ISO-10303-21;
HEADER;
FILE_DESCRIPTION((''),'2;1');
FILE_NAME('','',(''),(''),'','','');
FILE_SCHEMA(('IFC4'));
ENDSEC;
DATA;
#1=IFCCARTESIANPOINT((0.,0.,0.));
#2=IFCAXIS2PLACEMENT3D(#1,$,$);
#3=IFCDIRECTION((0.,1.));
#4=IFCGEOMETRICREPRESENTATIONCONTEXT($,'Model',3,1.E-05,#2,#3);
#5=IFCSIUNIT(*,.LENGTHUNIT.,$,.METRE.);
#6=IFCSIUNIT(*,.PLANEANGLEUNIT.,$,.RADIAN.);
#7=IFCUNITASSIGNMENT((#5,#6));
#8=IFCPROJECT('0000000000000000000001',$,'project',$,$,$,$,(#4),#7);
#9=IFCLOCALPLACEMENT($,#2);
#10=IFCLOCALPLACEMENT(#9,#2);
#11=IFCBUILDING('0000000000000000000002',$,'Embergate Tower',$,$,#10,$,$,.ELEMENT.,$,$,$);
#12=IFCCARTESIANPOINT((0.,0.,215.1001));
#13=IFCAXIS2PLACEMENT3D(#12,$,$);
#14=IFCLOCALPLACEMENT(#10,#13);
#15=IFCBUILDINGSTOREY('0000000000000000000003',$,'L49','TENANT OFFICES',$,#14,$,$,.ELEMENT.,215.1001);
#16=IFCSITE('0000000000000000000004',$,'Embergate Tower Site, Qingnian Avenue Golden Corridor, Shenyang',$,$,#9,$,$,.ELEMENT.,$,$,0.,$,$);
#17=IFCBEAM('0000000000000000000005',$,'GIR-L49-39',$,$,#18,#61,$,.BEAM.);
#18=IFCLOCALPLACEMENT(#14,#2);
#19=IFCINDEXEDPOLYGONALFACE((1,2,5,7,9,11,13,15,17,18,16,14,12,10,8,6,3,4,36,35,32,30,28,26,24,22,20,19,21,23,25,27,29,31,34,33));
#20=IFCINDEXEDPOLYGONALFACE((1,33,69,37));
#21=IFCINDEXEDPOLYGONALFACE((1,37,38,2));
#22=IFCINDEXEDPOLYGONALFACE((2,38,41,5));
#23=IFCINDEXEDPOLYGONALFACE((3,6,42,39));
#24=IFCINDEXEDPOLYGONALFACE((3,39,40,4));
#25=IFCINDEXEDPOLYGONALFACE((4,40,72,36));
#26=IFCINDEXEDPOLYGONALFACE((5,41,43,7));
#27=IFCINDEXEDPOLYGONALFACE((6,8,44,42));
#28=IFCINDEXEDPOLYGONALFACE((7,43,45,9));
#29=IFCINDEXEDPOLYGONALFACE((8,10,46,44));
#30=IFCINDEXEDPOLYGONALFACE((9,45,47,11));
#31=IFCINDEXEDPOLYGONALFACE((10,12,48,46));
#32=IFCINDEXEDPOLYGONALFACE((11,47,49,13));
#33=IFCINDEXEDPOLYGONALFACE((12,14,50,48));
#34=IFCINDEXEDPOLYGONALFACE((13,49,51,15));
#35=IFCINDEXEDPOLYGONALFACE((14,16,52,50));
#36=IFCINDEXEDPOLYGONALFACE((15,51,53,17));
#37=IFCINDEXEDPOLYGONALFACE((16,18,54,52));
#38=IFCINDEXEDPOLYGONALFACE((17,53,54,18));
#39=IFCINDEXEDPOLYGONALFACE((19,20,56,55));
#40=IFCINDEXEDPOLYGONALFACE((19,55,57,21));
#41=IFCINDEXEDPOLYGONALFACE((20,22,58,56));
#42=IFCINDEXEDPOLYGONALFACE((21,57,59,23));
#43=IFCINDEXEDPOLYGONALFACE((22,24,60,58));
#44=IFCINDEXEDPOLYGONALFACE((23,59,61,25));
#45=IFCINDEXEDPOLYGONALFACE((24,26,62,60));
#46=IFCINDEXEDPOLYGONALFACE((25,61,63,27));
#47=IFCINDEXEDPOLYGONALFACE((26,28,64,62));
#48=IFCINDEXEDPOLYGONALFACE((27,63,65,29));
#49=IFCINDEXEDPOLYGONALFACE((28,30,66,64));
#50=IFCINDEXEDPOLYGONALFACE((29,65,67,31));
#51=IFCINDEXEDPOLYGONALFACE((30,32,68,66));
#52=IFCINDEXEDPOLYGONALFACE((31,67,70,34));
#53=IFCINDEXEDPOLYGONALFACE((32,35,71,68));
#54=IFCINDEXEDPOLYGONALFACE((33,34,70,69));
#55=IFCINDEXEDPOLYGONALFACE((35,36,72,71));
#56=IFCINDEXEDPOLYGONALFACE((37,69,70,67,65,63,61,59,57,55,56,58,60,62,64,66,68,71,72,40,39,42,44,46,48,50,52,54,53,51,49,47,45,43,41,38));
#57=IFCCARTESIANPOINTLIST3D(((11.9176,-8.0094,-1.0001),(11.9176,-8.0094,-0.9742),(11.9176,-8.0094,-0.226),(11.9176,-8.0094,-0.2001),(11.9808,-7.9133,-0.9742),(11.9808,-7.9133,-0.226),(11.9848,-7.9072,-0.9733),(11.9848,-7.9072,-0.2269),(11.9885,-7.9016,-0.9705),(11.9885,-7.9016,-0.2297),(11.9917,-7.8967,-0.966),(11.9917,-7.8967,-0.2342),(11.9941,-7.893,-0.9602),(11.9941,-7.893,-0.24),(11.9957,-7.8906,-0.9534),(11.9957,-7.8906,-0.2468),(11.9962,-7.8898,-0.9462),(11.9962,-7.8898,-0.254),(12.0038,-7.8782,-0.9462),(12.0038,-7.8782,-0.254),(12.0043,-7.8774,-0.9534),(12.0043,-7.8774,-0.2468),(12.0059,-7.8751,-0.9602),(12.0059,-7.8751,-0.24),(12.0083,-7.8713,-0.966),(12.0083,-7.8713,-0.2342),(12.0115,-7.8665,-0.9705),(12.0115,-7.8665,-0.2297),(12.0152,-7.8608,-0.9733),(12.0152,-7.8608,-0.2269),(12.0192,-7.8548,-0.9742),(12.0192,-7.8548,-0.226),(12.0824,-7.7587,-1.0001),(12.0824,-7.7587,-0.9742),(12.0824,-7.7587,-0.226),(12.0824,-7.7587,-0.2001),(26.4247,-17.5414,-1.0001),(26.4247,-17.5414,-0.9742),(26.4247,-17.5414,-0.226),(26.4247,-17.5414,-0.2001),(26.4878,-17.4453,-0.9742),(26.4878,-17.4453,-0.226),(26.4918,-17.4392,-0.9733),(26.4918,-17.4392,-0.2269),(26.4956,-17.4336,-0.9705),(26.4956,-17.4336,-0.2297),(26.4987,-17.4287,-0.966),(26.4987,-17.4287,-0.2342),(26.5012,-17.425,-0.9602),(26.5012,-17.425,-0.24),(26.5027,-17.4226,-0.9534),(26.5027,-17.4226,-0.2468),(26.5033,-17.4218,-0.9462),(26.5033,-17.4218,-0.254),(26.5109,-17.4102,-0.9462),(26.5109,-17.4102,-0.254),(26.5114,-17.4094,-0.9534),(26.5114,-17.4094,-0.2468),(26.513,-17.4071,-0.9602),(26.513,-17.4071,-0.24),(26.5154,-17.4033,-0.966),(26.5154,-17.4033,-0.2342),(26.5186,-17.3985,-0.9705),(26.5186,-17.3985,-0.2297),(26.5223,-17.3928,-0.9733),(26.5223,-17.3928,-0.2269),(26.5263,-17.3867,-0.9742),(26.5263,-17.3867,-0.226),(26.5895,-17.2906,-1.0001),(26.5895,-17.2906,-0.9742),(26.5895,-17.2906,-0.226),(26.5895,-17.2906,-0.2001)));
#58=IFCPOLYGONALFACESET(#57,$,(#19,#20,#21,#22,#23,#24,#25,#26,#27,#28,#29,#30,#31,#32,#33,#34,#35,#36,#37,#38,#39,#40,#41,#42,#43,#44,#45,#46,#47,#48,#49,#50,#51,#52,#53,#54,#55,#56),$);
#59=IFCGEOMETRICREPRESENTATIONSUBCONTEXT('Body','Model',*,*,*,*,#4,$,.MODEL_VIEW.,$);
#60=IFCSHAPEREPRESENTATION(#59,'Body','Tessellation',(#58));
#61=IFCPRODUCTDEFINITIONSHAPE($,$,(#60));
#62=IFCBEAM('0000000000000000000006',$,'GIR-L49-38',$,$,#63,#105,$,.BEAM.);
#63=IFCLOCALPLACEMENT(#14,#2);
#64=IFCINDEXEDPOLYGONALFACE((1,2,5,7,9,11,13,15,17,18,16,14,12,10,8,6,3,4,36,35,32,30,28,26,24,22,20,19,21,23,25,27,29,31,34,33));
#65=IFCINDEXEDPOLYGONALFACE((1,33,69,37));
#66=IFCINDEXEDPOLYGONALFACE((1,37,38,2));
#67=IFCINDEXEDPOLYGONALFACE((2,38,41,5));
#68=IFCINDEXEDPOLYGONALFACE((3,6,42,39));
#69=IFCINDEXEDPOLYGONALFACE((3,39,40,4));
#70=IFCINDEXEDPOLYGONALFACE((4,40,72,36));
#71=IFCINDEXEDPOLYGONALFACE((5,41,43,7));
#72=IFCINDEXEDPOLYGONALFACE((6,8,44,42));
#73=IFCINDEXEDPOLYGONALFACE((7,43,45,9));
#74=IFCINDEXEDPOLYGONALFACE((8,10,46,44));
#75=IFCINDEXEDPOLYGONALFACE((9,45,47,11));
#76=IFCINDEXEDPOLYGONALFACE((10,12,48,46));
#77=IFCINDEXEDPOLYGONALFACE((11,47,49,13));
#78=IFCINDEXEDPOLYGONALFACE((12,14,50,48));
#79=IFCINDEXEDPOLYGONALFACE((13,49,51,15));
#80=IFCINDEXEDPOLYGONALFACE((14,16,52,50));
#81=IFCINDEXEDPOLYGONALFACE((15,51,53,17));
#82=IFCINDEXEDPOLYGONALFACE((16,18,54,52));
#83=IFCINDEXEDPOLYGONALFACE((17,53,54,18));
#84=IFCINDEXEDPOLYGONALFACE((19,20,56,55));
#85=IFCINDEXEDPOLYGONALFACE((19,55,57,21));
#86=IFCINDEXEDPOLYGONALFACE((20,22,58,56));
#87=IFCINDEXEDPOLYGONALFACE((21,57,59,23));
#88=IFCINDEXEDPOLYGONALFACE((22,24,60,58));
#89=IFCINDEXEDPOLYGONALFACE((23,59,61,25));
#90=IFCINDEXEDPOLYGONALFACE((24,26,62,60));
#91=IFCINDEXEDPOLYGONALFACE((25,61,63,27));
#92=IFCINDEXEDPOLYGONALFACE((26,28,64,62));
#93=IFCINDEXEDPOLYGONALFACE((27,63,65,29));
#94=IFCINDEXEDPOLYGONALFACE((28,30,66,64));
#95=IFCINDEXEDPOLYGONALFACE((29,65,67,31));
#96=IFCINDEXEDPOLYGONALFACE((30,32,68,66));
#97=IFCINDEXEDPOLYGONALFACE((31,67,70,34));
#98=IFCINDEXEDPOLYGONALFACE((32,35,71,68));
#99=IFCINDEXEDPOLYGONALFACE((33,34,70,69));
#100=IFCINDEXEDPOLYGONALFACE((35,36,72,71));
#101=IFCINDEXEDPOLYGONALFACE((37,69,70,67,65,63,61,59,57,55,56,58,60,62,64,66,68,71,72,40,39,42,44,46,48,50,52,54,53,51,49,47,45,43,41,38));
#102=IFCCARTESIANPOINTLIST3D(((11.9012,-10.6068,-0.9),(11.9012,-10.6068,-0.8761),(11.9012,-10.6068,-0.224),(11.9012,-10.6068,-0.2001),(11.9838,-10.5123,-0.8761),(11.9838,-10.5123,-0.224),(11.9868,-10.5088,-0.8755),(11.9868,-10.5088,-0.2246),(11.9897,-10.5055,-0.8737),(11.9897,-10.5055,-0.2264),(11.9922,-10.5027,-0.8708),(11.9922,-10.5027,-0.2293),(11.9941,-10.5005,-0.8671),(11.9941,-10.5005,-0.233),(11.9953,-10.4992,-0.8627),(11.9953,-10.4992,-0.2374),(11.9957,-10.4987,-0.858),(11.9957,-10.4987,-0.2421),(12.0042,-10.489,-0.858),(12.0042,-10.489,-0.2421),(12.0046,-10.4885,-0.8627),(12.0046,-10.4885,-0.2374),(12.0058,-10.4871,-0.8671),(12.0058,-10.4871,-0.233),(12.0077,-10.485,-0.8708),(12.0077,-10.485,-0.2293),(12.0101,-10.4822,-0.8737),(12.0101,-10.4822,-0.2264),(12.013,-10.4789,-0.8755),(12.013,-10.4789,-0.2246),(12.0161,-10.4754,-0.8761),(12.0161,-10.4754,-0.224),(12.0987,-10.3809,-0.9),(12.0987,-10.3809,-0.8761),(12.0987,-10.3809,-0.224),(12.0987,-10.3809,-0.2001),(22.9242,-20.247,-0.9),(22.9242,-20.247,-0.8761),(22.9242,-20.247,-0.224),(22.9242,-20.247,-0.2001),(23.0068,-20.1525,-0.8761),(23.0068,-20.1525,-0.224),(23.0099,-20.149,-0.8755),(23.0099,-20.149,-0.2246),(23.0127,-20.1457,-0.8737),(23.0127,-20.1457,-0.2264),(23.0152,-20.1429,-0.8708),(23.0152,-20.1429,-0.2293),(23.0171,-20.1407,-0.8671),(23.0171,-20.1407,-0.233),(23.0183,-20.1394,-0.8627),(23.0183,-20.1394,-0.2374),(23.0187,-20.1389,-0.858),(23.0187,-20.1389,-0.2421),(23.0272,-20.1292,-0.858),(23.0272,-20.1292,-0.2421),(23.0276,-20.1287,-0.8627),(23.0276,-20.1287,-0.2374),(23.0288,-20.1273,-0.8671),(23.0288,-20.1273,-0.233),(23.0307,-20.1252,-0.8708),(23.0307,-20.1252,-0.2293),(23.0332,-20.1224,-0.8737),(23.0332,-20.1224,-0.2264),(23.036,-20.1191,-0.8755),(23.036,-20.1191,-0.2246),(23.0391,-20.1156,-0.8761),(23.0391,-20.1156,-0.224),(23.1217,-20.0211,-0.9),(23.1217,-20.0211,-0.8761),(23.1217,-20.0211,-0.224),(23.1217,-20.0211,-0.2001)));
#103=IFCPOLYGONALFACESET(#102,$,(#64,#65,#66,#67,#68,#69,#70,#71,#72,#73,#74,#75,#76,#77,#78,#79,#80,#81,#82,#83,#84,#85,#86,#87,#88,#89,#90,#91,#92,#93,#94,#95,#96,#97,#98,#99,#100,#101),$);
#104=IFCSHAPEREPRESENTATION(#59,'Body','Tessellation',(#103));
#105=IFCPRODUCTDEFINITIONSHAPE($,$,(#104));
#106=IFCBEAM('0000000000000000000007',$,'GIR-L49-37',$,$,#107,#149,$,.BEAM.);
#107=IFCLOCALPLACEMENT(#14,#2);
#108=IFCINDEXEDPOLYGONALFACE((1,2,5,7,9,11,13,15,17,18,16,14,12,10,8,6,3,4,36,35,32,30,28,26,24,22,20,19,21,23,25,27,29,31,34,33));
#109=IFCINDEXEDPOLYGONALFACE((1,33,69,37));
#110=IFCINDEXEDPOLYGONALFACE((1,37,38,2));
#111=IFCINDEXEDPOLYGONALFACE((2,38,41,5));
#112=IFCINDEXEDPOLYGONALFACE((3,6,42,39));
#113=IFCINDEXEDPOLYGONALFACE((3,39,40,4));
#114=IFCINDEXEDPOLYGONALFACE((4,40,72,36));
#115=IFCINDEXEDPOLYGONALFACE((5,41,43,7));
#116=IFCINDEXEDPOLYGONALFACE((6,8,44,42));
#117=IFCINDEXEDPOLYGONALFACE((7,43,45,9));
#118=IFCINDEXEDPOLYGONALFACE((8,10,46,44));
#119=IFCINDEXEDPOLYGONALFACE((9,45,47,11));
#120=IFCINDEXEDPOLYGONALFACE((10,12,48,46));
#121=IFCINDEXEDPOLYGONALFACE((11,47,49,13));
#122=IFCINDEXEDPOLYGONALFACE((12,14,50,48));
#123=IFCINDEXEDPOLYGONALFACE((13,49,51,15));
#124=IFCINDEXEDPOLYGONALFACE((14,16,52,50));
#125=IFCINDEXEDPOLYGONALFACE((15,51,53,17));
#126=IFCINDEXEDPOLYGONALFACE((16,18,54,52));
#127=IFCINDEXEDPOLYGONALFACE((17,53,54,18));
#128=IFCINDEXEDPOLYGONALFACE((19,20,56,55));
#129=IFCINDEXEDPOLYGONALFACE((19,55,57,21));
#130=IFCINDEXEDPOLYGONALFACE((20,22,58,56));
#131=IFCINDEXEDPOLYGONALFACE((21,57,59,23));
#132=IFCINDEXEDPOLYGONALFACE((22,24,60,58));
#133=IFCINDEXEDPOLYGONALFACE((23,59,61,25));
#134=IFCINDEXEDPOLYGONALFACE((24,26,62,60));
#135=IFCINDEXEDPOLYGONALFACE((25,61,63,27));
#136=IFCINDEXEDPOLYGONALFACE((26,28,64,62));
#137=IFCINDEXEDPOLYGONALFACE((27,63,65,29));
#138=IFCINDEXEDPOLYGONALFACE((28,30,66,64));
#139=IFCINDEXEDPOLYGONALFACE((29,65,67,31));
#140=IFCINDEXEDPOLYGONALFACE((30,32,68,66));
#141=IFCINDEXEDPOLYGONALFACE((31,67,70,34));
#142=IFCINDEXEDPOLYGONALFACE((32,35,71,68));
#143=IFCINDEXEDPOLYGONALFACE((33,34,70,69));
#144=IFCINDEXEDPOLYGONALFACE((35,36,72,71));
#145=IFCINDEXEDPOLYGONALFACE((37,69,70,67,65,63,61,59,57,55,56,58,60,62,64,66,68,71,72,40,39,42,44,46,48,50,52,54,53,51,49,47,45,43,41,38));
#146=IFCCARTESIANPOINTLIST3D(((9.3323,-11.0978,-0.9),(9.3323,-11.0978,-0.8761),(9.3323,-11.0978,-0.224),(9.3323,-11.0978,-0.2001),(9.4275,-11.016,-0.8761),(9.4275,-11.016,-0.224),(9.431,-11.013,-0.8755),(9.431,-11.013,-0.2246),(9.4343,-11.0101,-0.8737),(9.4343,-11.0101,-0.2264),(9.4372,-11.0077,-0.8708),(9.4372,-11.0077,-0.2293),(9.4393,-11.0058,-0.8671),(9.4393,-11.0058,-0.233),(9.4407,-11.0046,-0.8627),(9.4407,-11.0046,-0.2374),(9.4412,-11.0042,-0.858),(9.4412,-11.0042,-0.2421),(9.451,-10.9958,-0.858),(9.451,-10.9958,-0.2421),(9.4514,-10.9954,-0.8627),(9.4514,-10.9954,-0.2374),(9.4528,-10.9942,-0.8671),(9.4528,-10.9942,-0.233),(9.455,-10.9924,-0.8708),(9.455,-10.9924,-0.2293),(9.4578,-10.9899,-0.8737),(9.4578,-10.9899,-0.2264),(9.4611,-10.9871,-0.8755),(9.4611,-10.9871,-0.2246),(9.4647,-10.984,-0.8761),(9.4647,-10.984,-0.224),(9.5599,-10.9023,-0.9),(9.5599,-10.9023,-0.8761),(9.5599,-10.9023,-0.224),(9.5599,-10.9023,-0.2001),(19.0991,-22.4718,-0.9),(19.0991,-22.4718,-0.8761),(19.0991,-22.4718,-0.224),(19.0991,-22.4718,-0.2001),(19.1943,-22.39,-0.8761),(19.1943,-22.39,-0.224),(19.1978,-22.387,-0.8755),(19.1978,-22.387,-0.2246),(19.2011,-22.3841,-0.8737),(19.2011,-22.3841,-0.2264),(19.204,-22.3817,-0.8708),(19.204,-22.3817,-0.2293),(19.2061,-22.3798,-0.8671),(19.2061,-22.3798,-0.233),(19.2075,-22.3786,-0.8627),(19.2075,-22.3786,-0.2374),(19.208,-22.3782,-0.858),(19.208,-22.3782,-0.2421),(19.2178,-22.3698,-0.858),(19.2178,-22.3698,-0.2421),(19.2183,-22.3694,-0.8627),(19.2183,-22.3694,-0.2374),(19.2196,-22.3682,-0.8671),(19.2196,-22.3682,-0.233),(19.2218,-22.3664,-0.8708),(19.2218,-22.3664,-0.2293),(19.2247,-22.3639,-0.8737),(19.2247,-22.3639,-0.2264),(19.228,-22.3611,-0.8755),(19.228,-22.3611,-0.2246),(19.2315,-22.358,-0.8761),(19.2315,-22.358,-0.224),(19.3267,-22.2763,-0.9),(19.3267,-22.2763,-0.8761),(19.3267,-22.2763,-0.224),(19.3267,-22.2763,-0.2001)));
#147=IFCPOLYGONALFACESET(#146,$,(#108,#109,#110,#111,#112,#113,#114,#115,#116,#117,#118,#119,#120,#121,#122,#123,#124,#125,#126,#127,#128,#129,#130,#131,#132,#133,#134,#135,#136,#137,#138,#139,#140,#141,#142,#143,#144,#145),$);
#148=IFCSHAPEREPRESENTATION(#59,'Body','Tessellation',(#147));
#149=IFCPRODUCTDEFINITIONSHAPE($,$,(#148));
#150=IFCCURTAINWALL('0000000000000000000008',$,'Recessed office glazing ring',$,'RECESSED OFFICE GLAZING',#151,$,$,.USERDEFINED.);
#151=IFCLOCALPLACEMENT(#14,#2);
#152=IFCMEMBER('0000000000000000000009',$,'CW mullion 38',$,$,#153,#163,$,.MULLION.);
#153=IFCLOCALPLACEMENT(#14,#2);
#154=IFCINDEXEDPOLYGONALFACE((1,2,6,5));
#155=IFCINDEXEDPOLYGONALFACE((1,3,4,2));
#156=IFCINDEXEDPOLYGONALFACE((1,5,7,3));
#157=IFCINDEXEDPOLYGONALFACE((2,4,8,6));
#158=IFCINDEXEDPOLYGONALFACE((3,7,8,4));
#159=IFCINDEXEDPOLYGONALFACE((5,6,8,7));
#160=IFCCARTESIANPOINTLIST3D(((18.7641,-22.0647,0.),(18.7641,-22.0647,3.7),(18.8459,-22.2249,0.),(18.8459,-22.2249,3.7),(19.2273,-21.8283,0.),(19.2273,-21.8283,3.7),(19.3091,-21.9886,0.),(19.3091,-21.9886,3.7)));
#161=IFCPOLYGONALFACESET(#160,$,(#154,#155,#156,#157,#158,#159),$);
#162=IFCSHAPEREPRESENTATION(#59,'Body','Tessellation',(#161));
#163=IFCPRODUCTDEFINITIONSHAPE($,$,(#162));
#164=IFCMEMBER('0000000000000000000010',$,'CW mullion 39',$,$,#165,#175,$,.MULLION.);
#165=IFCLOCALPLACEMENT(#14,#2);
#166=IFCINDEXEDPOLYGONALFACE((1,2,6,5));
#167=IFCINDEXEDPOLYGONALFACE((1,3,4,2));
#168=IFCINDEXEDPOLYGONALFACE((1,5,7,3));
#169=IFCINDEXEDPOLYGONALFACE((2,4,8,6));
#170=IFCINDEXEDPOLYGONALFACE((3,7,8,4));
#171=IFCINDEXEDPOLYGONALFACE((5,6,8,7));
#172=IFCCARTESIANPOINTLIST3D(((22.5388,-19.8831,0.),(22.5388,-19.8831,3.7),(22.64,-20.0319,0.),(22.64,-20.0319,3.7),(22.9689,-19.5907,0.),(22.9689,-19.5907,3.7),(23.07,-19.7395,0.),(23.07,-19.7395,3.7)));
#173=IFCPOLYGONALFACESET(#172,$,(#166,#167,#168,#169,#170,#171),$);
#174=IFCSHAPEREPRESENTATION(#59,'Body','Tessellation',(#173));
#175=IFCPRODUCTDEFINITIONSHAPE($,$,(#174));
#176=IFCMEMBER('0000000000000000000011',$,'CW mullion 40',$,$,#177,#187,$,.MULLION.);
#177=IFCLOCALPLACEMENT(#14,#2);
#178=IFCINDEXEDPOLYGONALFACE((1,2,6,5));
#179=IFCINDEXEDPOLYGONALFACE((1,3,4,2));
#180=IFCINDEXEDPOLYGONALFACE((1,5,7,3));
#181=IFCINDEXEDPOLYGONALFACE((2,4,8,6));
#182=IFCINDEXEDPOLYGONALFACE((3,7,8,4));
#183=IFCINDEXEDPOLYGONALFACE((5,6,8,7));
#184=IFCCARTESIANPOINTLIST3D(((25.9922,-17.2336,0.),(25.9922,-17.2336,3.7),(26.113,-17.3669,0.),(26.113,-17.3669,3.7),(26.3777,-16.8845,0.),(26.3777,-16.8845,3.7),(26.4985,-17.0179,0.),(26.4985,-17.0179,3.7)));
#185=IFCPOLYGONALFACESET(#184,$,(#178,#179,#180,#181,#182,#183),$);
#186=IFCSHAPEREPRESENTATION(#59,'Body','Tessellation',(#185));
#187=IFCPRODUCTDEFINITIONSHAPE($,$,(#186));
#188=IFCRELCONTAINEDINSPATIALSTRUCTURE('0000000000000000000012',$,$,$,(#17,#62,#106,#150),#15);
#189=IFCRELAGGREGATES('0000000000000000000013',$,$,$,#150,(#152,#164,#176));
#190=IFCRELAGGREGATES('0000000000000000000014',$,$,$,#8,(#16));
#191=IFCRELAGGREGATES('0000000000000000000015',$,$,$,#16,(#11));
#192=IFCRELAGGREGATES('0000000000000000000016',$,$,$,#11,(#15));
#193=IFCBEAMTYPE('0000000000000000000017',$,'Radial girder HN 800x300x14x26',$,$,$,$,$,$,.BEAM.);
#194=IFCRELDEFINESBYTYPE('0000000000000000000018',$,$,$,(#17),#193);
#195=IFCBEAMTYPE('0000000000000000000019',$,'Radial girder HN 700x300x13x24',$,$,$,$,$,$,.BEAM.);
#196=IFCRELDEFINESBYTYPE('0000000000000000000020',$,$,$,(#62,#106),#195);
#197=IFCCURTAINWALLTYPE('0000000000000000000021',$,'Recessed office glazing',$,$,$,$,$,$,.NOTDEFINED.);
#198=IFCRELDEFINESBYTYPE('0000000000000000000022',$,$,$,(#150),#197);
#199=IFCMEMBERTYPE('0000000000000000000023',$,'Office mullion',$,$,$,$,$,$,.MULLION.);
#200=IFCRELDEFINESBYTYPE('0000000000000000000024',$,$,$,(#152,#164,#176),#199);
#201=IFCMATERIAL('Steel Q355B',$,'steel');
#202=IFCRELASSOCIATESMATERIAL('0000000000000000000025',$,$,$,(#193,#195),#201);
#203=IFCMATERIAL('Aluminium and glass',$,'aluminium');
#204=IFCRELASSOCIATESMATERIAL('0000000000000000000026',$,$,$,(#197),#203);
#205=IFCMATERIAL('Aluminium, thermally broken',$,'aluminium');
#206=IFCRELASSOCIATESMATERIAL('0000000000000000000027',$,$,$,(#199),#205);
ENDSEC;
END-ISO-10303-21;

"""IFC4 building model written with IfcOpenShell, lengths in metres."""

from ifc_helpers import new_model, si_unit, direction, frame, origin, origin_2d, place, context, subcontext, project, spatial, rectangle, i_section, extrude, source, transform, mapped, material, material_profile, profile_set, type_object, element, aggregate, save


model = new_model("IFC4")

# Units and contexts
model_context = context("Model", 3, precision=1e-05, world=origin(), true_north=direction((0.0, 1.0)))
body_context = subcontext(model_context, "Body", "Model", "MODEL_VIEW")
ifc_project = project(units=[si_unit("LENGTHUNIT", "METRE"), si_unit("PLANEANGLEUNIT", "RADIAN")], contexts=[model_context])

# Site, building, storey
site_placement = place(None, origin())
site = spatial("IfcSite", under=ifc_project, at=site_placement, Name="Embergate Tower Site, Qingnian Avenue Golden Corridor, Shenyang", CompositionType="ELEMENT", RefElevation=0.0)
building_placement = place(site_placement, origin())
building = spatial("IfcBuilding", under=site, at=building_placement, Name="Embergate Tower", CompositionType="ELEMENT")
storey_placement = place(building_placement, frame((0.0, 0.0, 215.1001)))
storey = spatial("IfcBuildingStorey", under=building, at=storey_placement, Name="L49", Description="TENANT OFFICES", CompositionType="ELEMENT", Elevation=215.1001)

# Beams
ifc_material_1 = material(Name="Steel Q355B", Category="steel")
ifc_material_profile_1 = material_profile(ifc_material_1, i_section(OverallWidth=0.3, OverallDepth=0.8, WebThickness=0.0139, FlangeThickness=0.0259, FilletRadius=0.0281, at=origin_2d()), Name="HN 800x300x14x26")
ifc_profile_set_1 = profile_set([ifc_material_profile_1], Name="Steel Q355 grade B")
beam_type_1 = type_object("IfcBeamType", Name="Radial girder HN 800x300x14x26", PredefinedType="BEAM", material=ifc_profile_set_1)
shared_shape_1 = source(origin(), body_context, "Body", "SweptSolid", [
    extrude(i_section(OverallWidth=0.3, OverallDepth=0.8, WebThickness=0.0139, FlangeThickness=0.0259, FilletRadius=0.0281, at=origin_2d()), origin(), (0.0, 0.0, 1.0), 17.3584),
])
beam_1_placement = place(storey_placement, frame((26.5071, -17.416, -0.6001), z_axis=(-0.835738, 0.549128, 0.0), x_axis=(-0.549128, -0.835738, 0.0)))
element("IfcBeam", 1, at=beam_1_placement, inside=storey, type_object=beam_type_1, Name="GIR-L49-39", PredefinedType="BEAM", context=body_context, shape_type="MappedRepresentation", body=[
    mapped(shared_shape_1, transform((0.0, 0.0, 0.0))),
])
ifc_material_profile_2 = material_profile(ifc_material_1, i_section(OverallWidth=0.3, OverallDepth=0.7, WebThickness=0.0129, FlangeThickness=0.0239, FilletRadius=0.0181, at=origin_2d()), Name="HN 700x300x13x24")
ifc_profile_set_2 = profile_set([ifc_material_profile_2], Name="Steel Q355 grade B")
beam_type_2 = type_object("IfcBeamType", Name="Radial girder HN 700x300x13x24", PredefinedType="BEAM", material=ifc_profile_set_2)
shared_shape_2 = source(origin(), body_context, "Body", "SweptSolid", [
    extrude(i_section(OverallWidth=0.3, OverallDepth=0.7, WebThickness=0.0129, FlangeThickness=0.0239, FilletRadius=0.0181, at=origin_2d()), origin(), (0.0, 0.0, 1.0), 14.6438),
])
beam_2_placement = place(storey_placement, frame((23.0229, -20.134, -0.55), z_axis=(-0.752744, 0.658313, 0.0), x_axis=(-0.658313, -0.752744, 0.0)))
element("IfcBeam", 2, at=beam_2_placement, inside=storey, type_object=beam_type_2, Name="GIR-L49-38", PredefinedType="BEAM", context=body_context, shape_type="MappedRepresentation", body=[
    mapped(shared_shape_2, transform((0.0, 0.0, 0.0))),
])
shared_shape_3 = source(origin(), body_context, "Body", "SweptSolid", [
    extrude(i_section(OverallWidth=0.3, OverallDepth=0.7, WebThickness=0.0129, FlangeThickness=0.0239, FilletRadius=0.0181, at=origin_2d()), origin(), (0.0, 0.0, 1.0), 14.9919),
])
beam_3_placement = place(storey_placement, frame((19.2129, -22.374, -0.55), z_axis=(-0.651471, 0.758673, 0.0), x_axis=(-0.758673, -0.651471, 0.0)))
element("IfcBeam", 3, at=beam_3_placement, inside=storey, type_object=beam_type_2, Name="GIR-L49-37", PredefinedType="BEAM", context=body_context, shape_type="MappedRepresentation", body=[
    mapped(shared_shape_3, transform((0.0, 0.0, 0.0))),
])

# Curtain wall, members
ifc_material_2 = material(Name="Aluminium and glass", Category="aluminium")
curtain_wall_type = type_object("IfcCurtainWallType", Name="Recessed office glazing", PredefinedType="NOTDEFINED", material=ifc_material_2)
curtain_wall_placement = place(storey_placement, origin())
curtain_wall = element("IfcCurtainWall", 4, at=curtain_wall_placement, inside=storey, type_object=curtain_wall_type, Name="Recessed office glazing ring", ObjectType="RECESSED OFFICE GLAZING", PredefinedType="USERDEFINED")
ifc_material_3 = material(Name="Aluminium, thermally broken", Category="aluminium")
ifc_material_profile_3 = material_profile(ifc_material_3, rectangle(XDim=0.1799, YDim=0.52, at=origin_2d()), Name="AL 520x180")
ifc_profile_set_3 = profile_set([ifc_material_profile_3], Name="Aluminium, thermally broken")
member_type_1 = type_object("IfcMemberType", Name="Office mullion", PredefinedType="MULLION", material=ifc_profile_set_3)
shared_shape_4 = source(origin(), body_context, "Body", "SweptSolid", [
    extrude(rectangle(XDim=0.1799, YDim=0.52, at=origin_2d()), origin(), (0.0, 0.0, 1.0), 3.7),
])
member_1_placement = place(storey_placement, frame((19.0366, -22.0266, 0.0), z_axis=(0.0, 0.0, 1.0), x_axis=(-0.454514, 0.890739, 0.0)))
member_1 = element("IfcMember", 5, at=member_1_placement, type_object=member_type_1, Name="CW mullion 38", PredefinedType="MULLION", context=body_context, shape_type="MappedRepresentation", body=[
    mapped(shared_shape_4, transform((0.0, 0.0, 0.0))),
])
member_2_placement = place(storey_placement, frame((22.8044, -19.8113, 0.0), z_axis=(0.0, 0.0, 1.0), x_axis=(-0.562221, 0.826987, 0.0)))
member_2 = element("IfcMember", 6, at=member_2_placement, type_object=member_type_1, Name="CW mullion 39", PredefinedType="MULLION", context=body_context, shape_type="MappedRepresentation", body=[
    mapped(shared_shape_4, transform((0.0, 0.0, 0.0))),
])
member_3_placement = place(storey_placement, frame((26.2454, -17.1257, 0.0), z_axis=(0.0, 0.0, 1.0), x_axis=(-0.67123, 0.741249, 0.0)))
member_3 = element("IfcMember", 7, at=member_3_placement, type_object=member_type_1, Name="CW mullion 40", PredefinedType="MULLION", context=body_context, shape_type="MappedRepresentation", body=[
    mapped(shared_shape_4, transform((0.0, 0.0, 0.0))),
])
aggregate(curtain_wall, [member_1, member_2, member_3])

save(model, "model.ifc")
